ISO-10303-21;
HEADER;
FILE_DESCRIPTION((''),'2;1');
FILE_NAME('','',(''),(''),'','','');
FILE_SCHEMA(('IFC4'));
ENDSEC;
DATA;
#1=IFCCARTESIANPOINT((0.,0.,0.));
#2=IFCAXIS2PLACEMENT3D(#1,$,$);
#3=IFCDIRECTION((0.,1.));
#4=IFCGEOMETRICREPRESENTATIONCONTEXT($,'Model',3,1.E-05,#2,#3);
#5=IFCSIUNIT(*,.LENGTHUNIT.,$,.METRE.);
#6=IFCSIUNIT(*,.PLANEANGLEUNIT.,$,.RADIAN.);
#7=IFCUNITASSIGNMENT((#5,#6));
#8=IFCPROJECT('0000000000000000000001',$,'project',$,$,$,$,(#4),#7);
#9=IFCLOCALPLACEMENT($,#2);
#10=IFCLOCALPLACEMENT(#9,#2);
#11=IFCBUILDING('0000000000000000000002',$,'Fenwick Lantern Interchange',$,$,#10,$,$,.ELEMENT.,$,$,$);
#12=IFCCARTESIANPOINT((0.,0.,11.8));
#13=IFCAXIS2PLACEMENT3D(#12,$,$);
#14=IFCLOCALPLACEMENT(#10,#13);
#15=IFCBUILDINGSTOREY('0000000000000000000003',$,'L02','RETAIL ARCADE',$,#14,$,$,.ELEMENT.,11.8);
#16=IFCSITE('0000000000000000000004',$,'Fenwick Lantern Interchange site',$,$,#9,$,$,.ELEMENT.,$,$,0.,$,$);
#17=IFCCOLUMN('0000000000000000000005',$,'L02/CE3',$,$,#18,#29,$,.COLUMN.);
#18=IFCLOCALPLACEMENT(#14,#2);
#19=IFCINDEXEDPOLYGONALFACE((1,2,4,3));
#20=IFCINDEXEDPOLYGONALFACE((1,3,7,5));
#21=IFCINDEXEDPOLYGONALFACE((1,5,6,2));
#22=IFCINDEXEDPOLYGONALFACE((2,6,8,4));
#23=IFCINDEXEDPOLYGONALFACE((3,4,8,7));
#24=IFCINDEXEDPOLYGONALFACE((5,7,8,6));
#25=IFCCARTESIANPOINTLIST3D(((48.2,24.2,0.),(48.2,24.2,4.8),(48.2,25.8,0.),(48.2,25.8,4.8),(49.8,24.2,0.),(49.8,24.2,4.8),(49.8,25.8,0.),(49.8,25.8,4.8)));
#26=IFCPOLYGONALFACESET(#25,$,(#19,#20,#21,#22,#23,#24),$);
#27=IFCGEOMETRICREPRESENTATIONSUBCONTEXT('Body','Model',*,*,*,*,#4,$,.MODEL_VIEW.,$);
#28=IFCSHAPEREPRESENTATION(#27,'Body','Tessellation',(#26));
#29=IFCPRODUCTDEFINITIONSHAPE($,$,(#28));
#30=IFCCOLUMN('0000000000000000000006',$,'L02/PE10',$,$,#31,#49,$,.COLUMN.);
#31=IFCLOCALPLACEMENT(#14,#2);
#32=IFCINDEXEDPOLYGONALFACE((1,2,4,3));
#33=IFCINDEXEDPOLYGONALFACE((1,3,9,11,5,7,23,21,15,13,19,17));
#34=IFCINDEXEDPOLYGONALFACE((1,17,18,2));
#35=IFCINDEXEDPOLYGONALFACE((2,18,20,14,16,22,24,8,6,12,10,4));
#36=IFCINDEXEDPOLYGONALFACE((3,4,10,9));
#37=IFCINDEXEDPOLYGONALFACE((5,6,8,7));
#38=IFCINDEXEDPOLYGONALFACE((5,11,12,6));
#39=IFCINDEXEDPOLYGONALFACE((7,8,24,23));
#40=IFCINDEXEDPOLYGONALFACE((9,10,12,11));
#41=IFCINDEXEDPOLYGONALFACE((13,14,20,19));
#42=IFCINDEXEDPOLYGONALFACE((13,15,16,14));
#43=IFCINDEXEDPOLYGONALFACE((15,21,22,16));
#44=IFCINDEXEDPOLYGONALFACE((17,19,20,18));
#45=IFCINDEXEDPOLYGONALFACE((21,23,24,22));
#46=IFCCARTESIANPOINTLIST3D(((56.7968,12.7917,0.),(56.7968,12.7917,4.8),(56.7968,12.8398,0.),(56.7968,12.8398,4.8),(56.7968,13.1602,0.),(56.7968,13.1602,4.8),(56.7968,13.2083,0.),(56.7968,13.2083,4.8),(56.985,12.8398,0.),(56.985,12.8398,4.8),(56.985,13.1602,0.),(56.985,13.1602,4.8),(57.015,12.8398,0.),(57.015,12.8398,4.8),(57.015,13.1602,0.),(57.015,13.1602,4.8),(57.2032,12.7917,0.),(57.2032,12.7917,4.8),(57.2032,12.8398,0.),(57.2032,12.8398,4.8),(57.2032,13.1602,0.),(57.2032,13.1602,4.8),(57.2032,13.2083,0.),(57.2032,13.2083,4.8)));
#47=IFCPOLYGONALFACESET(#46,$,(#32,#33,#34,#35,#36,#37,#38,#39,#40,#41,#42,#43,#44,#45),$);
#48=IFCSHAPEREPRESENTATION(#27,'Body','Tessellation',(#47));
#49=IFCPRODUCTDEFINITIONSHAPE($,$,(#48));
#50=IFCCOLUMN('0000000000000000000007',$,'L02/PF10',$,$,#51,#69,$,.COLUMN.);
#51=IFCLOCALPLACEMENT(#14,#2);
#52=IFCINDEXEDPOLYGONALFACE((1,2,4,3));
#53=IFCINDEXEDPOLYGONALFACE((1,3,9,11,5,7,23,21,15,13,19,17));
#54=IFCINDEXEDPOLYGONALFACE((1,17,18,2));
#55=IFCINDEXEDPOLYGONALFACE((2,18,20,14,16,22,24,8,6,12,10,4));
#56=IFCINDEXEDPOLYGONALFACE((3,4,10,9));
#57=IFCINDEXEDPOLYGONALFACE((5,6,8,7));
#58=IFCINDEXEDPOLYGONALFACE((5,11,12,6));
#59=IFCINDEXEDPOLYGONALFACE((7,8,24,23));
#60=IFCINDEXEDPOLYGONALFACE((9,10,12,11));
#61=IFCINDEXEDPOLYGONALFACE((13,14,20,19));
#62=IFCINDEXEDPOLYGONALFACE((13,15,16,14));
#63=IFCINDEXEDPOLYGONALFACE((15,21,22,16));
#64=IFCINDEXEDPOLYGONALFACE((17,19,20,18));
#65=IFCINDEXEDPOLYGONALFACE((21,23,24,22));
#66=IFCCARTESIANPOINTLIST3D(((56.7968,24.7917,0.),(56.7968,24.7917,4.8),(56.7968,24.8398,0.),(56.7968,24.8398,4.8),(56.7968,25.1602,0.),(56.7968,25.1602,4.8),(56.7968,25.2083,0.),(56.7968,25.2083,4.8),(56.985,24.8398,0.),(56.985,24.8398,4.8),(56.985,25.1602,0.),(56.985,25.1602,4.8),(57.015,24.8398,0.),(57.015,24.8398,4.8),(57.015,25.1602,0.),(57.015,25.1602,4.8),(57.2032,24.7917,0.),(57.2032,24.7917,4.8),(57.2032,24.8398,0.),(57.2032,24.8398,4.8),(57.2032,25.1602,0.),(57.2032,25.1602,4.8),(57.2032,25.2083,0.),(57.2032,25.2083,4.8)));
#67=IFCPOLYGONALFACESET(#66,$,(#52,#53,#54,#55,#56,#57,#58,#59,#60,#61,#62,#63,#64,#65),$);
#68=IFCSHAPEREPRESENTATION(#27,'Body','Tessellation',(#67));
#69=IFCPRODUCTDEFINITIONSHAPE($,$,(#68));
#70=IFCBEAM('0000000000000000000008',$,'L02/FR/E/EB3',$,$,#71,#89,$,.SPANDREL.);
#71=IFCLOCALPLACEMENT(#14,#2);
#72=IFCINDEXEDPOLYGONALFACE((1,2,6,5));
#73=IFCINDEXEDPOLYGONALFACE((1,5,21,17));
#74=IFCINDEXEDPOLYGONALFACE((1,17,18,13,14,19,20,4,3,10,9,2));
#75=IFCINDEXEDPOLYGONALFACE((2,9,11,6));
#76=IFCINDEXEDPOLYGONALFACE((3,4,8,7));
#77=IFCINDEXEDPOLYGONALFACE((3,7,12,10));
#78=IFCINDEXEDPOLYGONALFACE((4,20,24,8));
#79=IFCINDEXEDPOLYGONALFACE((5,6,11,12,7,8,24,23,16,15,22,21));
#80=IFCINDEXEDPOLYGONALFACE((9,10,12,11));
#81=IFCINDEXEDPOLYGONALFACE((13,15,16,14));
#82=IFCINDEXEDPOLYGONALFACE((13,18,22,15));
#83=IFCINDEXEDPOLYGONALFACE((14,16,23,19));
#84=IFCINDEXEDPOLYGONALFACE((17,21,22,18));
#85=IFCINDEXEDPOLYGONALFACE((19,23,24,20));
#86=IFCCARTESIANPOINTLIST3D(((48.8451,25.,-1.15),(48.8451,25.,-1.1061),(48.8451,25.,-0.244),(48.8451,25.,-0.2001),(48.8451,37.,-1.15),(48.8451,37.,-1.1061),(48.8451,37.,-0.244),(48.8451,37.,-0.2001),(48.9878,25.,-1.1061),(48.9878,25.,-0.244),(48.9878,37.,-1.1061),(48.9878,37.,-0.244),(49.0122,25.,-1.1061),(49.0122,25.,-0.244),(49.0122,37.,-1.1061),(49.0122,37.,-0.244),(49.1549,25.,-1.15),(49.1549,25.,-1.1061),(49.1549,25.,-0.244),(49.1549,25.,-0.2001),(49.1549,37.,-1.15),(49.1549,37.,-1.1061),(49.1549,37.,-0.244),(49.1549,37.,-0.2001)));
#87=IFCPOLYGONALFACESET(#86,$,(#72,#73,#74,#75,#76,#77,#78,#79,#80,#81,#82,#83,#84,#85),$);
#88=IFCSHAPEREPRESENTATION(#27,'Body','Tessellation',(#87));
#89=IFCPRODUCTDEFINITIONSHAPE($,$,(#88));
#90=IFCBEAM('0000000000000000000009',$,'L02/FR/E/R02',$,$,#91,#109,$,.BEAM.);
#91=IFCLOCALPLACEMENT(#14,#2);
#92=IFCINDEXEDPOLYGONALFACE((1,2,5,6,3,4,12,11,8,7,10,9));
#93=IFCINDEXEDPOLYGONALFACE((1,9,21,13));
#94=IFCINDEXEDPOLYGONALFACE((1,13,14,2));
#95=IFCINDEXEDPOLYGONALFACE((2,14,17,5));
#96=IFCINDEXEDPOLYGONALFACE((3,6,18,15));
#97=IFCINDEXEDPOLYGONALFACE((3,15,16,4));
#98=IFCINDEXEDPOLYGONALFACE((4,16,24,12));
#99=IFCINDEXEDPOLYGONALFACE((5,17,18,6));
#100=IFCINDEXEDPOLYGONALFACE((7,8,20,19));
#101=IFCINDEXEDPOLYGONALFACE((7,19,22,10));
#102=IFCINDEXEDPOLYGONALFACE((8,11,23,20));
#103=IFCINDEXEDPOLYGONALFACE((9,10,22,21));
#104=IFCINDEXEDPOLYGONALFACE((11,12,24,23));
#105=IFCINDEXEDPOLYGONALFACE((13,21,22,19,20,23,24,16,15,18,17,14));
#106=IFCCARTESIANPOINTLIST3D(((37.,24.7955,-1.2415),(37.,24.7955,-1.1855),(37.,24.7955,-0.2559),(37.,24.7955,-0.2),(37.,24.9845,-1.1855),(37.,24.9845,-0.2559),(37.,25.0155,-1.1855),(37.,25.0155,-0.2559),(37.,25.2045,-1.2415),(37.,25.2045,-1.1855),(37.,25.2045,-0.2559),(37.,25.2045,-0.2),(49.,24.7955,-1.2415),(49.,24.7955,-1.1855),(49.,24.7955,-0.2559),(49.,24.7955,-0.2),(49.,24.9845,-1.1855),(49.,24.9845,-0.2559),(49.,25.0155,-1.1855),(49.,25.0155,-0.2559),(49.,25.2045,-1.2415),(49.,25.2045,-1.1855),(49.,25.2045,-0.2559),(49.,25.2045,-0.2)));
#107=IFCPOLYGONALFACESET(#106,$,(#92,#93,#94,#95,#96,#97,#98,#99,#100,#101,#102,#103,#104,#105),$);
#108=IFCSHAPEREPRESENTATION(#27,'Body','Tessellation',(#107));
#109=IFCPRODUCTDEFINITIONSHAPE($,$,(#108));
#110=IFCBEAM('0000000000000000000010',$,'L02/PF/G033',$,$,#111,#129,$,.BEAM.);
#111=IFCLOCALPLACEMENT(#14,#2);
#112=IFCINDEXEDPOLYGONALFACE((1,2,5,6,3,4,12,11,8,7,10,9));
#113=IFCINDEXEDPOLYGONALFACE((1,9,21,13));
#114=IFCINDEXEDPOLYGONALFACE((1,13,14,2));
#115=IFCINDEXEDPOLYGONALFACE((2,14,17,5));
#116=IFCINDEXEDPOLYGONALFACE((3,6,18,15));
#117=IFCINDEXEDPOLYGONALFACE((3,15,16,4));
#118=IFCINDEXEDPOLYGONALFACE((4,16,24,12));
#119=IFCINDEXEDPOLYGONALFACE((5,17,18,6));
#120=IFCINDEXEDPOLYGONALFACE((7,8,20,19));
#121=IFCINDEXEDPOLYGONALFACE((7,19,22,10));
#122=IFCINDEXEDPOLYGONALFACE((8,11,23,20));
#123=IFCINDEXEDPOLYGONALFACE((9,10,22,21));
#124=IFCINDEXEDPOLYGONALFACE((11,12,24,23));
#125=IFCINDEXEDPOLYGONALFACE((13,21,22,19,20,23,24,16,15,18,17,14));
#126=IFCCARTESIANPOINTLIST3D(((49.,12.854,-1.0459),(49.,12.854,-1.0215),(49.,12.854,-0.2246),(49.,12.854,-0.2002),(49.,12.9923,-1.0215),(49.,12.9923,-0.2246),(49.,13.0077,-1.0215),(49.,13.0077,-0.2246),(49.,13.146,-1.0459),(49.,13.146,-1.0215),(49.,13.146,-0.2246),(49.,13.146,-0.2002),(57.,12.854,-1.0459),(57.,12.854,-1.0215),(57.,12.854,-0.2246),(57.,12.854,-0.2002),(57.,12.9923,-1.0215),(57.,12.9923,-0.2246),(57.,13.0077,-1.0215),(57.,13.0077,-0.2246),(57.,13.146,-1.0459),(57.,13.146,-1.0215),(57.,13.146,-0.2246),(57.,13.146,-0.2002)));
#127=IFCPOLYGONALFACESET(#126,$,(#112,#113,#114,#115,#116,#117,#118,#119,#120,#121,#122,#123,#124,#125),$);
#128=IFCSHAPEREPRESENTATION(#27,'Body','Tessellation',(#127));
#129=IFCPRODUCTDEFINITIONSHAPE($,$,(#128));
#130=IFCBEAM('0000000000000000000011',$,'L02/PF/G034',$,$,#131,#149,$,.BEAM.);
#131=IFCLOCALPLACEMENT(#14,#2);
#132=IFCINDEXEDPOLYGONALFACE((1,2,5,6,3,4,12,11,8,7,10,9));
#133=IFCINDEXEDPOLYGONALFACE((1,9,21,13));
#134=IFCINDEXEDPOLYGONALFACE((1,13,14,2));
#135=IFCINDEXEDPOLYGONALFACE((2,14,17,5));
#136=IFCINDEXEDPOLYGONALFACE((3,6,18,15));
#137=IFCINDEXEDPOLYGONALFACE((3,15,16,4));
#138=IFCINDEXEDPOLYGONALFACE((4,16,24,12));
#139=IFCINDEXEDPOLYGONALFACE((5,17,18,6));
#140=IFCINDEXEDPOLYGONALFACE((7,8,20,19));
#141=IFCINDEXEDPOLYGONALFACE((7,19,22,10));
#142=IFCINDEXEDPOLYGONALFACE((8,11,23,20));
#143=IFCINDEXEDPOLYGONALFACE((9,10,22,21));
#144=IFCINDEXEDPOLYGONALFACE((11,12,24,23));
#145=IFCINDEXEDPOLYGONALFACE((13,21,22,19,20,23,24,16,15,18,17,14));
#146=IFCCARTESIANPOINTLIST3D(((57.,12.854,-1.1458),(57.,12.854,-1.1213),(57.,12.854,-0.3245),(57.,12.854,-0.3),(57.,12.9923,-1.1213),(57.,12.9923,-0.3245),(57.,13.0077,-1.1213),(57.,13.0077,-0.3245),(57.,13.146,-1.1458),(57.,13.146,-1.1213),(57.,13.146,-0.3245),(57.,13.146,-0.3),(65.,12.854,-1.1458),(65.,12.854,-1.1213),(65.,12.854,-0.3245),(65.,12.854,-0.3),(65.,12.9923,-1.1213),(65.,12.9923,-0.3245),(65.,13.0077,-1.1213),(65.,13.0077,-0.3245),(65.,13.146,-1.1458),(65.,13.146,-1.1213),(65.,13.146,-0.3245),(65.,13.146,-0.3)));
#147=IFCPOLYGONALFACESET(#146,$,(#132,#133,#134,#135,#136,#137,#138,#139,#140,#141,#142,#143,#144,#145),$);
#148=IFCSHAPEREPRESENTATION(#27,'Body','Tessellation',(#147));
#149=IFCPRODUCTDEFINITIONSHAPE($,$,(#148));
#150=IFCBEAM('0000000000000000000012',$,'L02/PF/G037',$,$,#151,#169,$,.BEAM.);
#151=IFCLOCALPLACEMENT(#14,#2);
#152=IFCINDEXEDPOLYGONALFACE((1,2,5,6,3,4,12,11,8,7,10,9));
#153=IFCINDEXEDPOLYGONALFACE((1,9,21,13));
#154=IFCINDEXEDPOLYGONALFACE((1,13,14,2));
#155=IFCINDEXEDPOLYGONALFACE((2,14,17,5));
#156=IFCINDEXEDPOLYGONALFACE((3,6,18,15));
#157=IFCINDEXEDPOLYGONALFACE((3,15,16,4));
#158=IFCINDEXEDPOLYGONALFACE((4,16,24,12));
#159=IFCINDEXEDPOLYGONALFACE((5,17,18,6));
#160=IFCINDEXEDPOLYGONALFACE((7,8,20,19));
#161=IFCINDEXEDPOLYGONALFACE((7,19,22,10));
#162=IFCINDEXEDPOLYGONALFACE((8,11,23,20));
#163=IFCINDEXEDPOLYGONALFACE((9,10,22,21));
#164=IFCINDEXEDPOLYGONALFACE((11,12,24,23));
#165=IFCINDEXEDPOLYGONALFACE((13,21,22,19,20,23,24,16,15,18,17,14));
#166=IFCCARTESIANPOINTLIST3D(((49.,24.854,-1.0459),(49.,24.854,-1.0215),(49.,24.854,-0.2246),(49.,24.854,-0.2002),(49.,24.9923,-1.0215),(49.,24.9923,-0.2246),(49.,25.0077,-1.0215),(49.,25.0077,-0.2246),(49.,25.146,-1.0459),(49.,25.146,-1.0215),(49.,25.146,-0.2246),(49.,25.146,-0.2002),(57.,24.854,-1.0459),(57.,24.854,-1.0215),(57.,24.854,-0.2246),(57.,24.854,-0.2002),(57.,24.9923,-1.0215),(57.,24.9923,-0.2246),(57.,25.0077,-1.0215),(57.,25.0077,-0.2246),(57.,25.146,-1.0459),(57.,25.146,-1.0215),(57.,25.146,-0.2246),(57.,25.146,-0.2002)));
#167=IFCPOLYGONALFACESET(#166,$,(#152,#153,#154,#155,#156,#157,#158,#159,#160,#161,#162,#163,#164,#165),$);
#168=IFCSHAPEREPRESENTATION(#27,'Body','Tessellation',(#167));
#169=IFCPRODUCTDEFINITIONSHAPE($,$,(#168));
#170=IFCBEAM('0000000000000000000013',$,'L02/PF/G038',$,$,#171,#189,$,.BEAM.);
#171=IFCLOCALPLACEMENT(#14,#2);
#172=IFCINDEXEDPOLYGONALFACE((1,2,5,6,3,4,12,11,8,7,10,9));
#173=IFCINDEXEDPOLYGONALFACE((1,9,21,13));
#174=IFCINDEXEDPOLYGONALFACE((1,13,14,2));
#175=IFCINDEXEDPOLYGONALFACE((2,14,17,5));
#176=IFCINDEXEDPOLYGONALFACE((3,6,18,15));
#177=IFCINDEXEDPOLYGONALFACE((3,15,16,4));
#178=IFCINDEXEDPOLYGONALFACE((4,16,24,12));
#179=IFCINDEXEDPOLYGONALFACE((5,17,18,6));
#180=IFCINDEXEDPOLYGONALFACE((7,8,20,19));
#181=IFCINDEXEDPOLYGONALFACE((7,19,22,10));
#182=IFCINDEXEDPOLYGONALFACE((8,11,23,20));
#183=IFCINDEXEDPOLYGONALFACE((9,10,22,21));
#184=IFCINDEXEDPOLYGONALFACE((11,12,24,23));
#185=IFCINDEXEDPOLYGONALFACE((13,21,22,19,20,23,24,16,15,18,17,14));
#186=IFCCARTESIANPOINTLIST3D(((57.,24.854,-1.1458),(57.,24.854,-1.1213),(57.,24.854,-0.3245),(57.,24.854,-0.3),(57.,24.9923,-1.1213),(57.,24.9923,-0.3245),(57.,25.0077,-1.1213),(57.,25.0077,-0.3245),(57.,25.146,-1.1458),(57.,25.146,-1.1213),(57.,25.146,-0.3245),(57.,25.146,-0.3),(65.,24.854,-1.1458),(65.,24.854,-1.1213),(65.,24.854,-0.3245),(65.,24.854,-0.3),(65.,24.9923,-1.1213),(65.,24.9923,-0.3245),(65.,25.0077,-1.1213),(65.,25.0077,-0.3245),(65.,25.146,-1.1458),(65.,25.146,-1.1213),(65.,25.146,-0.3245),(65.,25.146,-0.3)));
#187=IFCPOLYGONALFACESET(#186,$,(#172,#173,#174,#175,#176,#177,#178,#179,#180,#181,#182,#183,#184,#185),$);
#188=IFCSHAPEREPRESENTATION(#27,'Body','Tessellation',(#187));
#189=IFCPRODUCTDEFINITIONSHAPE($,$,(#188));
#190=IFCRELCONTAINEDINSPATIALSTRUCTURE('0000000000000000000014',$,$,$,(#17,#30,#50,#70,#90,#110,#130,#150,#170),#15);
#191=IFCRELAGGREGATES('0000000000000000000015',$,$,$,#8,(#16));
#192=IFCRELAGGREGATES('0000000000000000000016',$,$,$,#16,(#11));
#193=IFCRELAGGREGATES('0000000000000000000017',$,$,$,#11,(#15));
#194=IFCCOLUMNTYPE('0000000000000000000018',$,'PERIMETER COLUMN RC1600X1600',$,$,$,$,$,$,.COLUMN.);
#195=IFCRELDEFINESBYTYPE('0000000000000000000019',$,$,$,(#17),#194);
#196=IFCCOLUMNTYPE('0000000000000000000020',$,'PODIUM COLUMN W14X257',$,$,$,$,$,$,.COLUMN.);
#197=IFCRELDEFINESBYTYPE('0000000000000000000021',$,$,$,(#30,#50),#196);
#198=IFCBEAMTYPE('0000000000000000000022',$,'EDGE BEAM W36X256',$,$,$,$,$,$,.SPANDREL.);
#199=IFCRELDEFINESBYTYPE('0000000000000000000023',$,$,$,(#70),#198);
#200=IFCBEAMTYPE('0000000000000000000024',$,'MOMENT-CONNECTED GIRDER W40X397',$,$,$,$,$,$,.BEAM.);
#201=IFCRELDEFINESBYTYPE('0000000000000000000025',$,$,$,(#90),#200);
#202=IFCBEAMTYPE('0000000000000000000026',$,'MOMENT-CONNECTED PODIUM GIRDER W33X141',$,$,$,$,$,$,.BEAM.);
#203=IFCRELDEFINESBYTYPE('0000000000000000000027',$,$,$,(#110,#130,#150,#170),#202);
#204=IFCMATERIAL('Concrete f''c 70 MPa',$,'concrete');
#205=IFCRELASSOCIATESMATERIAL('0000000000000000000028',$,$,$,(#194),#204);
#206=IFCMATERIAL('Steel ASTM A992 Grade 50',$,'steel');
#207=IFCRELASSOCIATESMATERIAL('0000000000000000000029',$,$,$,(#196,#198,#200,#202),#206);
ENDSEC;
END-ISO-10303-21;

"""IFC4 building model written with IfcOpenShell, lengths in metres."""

from ifc_helpers import new_model, si_unit, direction, frame, origin, origin_2d, place, context, subcontext, project, spatial, rectangle, i_section, extrude, material, material_profile, profile_set, type_object, element, save


model = new_model("IFC4")

# Units and contexts
model_context = context("Model", 3, precision=1e-05, world=origin(), true_north=direction((0.0, 1.0)))
body_context = subcontext(model_context, "Body", "Model", "MODEL_VIEW")
ifc_project = project(units=[si_unit("LENGTHUNIT", "METRE"), si_unit("PLANEANGLEUNIT", "RADIAN")], contexts=[model_context])

# Site, building, storey
site_placement = place(None, origin())
site = spatial("IfcSite", under=ifc_project, at=site_placement, Name="Fenwick Lantern Interchange site", CompositionType="ELEMENT", RefElevation=0.0)
building_placement = place(site_placement, origin())
building = spatial("IfcBuilding", under=site, at=building_placement, Name="Fenwick Lantern Interchange", CompositionType="ELEMENT")
storey_placement = place(building_placement, frame((0.0, 0.0, 11.8)))
storey = spatial("IfcBuildingStorey", under=building, at=storey_placement, Name="L02", Description="RETAIL ARCADE", CompositionType="ELEMENT", Elevation=11.8)

# Columns
ifc_material_1 = material(Name="Concrete f'c 70 MPa", Category="concrete")
ifc_material_profile_1 = material_profile(ifc_material_1, rectangle(XDim=1.6001, YDim=1.6001, at=origin_2d()), Name="RC1600X1600")
ifc_profile_set_1 = profile_set([ifc_material_profile_1], Name="Concrete f'c 70 MPa")
column_type_1 = type_object("IfcColumnType", Name="PERIMETER COLUMN RC1600X1600", PredefinedType="COLUMN", material=ifc_profile_set_1)
column_placement = place(storey_placement, frame((49.0, 25.0, 0.0), z_axis=(0.0, 0.0, 1.0), x_axis=(1.0, 0.0, 0.0)))
element("IfcColumn", 1, at=column_placement, inside=storey, type_object=column_type_1, Name="L02/CE3", PredefinedType="COLUMN", context=body_context, shape_type="SweptSolid", body=[
    extrude(rectangle(XDim=1.6001, YDim=1.6001, at=origin_2d()), origin(), (0.0, 0.0, 1.0), 4.8),
])
ifc_material_2 = material(Name="Steel ASTM A992 Grade 50", Category="steel")
ifc_material_profile_2 = material_profile(ifc_material_2, i_section(OverallWidth=0.4065, OverallDepth=0.4165, WebThickness=0.03, FlangeThickness=0.0481, at=origin_2d()), Name="W14X257")
ifc_profile_set_2 = profile_set([ifc_material_profile_2], Name="Steel ASTM A992 Grade 50")
column_type_2 = type_object("IfcColumnType", Name="PODIUM COLUMN W14X257", PredefinedType="COLUMN", material=ifc_profile_set_2)
for number, where, z_axis, x_axis, name in (
    (2, (57.0, 13.0, 0.0), (0.0, 0.0, 1.0), (1.0, 0.0, 0.0), "L02/PE10"),
    (3, (57.0, 25.0, 0.0), (0.0, 0.0, 1.0), (1.0, 0.0, 0.0), "L02/PF10"),
):
    element("IfcColumn", number, at=place(storey_placement, frame(where, z_axis=z_axis, x_axis=x_axis)), inside=storey, type_object=column_type_2, Name=name, PredefinedType="COLUMN", context=body_context, shape_type="SweptSolid", body=[
        extrude(i_section(OverallWidth=0.4065, OverallDepth=0.4165, WebThickness=0.03, FlangeThickness=0.0481, at=origin_2d()), origin(), (0.0, 0.0, 1.0), 4.8),
    ])

# Beams
ifc_material_profile_3 = material_profile(ifc_material_2, i_section(OverallWidth=0.3098, OverallDepth=0.95, WebThickness=0.0244, FlangeThickness=0.0439, at=origin_2d()), Name="W36X256")
ifc_profile_set_3 = profile_set([ifc_material_profile_3], Name="Steel ASTM A992 Grade 50")
beam_type_1 = type_object("IfcBeamType", Name="EDGE BEAM W36X256", PredefinedType="SPANDREL", material=ifc_profile_set_3)
beam_1_placement = place(storey_placement, frame((49.0, 25.0, -0.675), z_axis=(0.0, 1.0, 0.0), x_axis=(-1.0, 0.0, 0.0)))
element("IfcBeam", 4, at=beam_1_placement, inside=storey, type_object=beam_type_1, Name="L02/FR/E/EB3", PredefinedType="SPANDREL", context=body_context, shape_type="SweptSolid", body=[
    extrude(i_section(OverallWidth=0.3098, OverallDepth=0.95, WebThickness=0.0244, FlangeThickness=0.0439, at=origin_2d()), origin(), (0.0, 0.0, 1.0), 12.0),
])
ifc_material_profile_4 = material_profile(ifc_material_2, i_section(OverallWidth=0.4089, OverallDepth=1.0415, WebThickness=0.031, FlangeThickness=0.0559, at=origin_2d()), Name="W40X397")
ifc_profile_set_4 = profile_set([ifc_material_profile_4], Name="Steel ASTM A992 Grade 50")
beam_type_2 = type_object("IfcBeamType", Name="MOMENT-CONNECTED GIRDER W40X397", PredefinedType="BEAM", material=ifc_profile_set_4)
beam_2_placement = place(storey_placement, frame((49.0, 25.0, -0.7207), z_axis=(-1.0, 0.0, 0.0), x_axis=(0.0, -1.0, 0.0)))
element("IfcBeam", 5, at=beam_2_placement, inside=storey, type_object=beam_type_2, Name="L02/FR/E/R02", PredefinedType="BEAM", context=body_context, shape_type="SweptSolid", body=[
    extrude(i_section(OverallWidth=0.4089, OverallDepth=1.0415, WebThickness=0.031, FlangeThickness=0.0559, at=origin_2d()), origin(), (0.0, 0.0, 1.0), 12.0),
])
ifc_material_profile_5 = material_profile(ifc_material_2, i_section(OverallWidth=0.292, OverallDepth=0.8457, WebThickness=0.0154, FlangeThickness=0.0244, at=origin_2d()), Name="W33X141")
ifc_profile_set_5 = profile_set([ifc_material_profile_5], Name="Steel ASTM A992 Grade 50")
beam_type_3 = type_object("IfcBeamType", Name="MOMENT-CONNECTED PODIUM GIRDER W33X141", PredefinedType="BEAM", material=ifc_profile_set_5)
for number, where, z_axis, x_axis, name in (
    (6, (49.0, 13.0, -0.623), (1.0, 0.0, 0.0), (0.0, 1.0, 0.0), "L02/PF/G033"),
    (7, (57.0, 13.0, -0.7229), (1.0, 0.0, 0.0), (0.0, 1.0, 0.0), "L02/PF/G034"),
    (8, (49.0, 25.0, -0.623), (1.0, 0.0, 0.0), (0.0, 1.0, 0.0), "L02/PF/G037"),
    (9, (57.0, 25.0, -0.7229), (1.0, 0.0, 0.0), (0.0, 1.0, 0.0), "L02/PF/G038"),
):
    element("IfcBeam", number, at=place(storey_placement, frame(where, z_axis=z_axis, x_axis=x_axis)), inside=storey, type_object=beam_type_3, Name=name, PredefinedType="BEAM", context=body_context, shape_type="SweptSolid", body=[
        extrude(i_section(OverallWidth=0.292, OverallDepth=0.8457, WebThickness=0.0154, FlangeThickness=0.0244, at=origin_2d()), origin(), (0.0, 0.0, 1.0), 8.0),
    ])

save(model, "model.ifc")
